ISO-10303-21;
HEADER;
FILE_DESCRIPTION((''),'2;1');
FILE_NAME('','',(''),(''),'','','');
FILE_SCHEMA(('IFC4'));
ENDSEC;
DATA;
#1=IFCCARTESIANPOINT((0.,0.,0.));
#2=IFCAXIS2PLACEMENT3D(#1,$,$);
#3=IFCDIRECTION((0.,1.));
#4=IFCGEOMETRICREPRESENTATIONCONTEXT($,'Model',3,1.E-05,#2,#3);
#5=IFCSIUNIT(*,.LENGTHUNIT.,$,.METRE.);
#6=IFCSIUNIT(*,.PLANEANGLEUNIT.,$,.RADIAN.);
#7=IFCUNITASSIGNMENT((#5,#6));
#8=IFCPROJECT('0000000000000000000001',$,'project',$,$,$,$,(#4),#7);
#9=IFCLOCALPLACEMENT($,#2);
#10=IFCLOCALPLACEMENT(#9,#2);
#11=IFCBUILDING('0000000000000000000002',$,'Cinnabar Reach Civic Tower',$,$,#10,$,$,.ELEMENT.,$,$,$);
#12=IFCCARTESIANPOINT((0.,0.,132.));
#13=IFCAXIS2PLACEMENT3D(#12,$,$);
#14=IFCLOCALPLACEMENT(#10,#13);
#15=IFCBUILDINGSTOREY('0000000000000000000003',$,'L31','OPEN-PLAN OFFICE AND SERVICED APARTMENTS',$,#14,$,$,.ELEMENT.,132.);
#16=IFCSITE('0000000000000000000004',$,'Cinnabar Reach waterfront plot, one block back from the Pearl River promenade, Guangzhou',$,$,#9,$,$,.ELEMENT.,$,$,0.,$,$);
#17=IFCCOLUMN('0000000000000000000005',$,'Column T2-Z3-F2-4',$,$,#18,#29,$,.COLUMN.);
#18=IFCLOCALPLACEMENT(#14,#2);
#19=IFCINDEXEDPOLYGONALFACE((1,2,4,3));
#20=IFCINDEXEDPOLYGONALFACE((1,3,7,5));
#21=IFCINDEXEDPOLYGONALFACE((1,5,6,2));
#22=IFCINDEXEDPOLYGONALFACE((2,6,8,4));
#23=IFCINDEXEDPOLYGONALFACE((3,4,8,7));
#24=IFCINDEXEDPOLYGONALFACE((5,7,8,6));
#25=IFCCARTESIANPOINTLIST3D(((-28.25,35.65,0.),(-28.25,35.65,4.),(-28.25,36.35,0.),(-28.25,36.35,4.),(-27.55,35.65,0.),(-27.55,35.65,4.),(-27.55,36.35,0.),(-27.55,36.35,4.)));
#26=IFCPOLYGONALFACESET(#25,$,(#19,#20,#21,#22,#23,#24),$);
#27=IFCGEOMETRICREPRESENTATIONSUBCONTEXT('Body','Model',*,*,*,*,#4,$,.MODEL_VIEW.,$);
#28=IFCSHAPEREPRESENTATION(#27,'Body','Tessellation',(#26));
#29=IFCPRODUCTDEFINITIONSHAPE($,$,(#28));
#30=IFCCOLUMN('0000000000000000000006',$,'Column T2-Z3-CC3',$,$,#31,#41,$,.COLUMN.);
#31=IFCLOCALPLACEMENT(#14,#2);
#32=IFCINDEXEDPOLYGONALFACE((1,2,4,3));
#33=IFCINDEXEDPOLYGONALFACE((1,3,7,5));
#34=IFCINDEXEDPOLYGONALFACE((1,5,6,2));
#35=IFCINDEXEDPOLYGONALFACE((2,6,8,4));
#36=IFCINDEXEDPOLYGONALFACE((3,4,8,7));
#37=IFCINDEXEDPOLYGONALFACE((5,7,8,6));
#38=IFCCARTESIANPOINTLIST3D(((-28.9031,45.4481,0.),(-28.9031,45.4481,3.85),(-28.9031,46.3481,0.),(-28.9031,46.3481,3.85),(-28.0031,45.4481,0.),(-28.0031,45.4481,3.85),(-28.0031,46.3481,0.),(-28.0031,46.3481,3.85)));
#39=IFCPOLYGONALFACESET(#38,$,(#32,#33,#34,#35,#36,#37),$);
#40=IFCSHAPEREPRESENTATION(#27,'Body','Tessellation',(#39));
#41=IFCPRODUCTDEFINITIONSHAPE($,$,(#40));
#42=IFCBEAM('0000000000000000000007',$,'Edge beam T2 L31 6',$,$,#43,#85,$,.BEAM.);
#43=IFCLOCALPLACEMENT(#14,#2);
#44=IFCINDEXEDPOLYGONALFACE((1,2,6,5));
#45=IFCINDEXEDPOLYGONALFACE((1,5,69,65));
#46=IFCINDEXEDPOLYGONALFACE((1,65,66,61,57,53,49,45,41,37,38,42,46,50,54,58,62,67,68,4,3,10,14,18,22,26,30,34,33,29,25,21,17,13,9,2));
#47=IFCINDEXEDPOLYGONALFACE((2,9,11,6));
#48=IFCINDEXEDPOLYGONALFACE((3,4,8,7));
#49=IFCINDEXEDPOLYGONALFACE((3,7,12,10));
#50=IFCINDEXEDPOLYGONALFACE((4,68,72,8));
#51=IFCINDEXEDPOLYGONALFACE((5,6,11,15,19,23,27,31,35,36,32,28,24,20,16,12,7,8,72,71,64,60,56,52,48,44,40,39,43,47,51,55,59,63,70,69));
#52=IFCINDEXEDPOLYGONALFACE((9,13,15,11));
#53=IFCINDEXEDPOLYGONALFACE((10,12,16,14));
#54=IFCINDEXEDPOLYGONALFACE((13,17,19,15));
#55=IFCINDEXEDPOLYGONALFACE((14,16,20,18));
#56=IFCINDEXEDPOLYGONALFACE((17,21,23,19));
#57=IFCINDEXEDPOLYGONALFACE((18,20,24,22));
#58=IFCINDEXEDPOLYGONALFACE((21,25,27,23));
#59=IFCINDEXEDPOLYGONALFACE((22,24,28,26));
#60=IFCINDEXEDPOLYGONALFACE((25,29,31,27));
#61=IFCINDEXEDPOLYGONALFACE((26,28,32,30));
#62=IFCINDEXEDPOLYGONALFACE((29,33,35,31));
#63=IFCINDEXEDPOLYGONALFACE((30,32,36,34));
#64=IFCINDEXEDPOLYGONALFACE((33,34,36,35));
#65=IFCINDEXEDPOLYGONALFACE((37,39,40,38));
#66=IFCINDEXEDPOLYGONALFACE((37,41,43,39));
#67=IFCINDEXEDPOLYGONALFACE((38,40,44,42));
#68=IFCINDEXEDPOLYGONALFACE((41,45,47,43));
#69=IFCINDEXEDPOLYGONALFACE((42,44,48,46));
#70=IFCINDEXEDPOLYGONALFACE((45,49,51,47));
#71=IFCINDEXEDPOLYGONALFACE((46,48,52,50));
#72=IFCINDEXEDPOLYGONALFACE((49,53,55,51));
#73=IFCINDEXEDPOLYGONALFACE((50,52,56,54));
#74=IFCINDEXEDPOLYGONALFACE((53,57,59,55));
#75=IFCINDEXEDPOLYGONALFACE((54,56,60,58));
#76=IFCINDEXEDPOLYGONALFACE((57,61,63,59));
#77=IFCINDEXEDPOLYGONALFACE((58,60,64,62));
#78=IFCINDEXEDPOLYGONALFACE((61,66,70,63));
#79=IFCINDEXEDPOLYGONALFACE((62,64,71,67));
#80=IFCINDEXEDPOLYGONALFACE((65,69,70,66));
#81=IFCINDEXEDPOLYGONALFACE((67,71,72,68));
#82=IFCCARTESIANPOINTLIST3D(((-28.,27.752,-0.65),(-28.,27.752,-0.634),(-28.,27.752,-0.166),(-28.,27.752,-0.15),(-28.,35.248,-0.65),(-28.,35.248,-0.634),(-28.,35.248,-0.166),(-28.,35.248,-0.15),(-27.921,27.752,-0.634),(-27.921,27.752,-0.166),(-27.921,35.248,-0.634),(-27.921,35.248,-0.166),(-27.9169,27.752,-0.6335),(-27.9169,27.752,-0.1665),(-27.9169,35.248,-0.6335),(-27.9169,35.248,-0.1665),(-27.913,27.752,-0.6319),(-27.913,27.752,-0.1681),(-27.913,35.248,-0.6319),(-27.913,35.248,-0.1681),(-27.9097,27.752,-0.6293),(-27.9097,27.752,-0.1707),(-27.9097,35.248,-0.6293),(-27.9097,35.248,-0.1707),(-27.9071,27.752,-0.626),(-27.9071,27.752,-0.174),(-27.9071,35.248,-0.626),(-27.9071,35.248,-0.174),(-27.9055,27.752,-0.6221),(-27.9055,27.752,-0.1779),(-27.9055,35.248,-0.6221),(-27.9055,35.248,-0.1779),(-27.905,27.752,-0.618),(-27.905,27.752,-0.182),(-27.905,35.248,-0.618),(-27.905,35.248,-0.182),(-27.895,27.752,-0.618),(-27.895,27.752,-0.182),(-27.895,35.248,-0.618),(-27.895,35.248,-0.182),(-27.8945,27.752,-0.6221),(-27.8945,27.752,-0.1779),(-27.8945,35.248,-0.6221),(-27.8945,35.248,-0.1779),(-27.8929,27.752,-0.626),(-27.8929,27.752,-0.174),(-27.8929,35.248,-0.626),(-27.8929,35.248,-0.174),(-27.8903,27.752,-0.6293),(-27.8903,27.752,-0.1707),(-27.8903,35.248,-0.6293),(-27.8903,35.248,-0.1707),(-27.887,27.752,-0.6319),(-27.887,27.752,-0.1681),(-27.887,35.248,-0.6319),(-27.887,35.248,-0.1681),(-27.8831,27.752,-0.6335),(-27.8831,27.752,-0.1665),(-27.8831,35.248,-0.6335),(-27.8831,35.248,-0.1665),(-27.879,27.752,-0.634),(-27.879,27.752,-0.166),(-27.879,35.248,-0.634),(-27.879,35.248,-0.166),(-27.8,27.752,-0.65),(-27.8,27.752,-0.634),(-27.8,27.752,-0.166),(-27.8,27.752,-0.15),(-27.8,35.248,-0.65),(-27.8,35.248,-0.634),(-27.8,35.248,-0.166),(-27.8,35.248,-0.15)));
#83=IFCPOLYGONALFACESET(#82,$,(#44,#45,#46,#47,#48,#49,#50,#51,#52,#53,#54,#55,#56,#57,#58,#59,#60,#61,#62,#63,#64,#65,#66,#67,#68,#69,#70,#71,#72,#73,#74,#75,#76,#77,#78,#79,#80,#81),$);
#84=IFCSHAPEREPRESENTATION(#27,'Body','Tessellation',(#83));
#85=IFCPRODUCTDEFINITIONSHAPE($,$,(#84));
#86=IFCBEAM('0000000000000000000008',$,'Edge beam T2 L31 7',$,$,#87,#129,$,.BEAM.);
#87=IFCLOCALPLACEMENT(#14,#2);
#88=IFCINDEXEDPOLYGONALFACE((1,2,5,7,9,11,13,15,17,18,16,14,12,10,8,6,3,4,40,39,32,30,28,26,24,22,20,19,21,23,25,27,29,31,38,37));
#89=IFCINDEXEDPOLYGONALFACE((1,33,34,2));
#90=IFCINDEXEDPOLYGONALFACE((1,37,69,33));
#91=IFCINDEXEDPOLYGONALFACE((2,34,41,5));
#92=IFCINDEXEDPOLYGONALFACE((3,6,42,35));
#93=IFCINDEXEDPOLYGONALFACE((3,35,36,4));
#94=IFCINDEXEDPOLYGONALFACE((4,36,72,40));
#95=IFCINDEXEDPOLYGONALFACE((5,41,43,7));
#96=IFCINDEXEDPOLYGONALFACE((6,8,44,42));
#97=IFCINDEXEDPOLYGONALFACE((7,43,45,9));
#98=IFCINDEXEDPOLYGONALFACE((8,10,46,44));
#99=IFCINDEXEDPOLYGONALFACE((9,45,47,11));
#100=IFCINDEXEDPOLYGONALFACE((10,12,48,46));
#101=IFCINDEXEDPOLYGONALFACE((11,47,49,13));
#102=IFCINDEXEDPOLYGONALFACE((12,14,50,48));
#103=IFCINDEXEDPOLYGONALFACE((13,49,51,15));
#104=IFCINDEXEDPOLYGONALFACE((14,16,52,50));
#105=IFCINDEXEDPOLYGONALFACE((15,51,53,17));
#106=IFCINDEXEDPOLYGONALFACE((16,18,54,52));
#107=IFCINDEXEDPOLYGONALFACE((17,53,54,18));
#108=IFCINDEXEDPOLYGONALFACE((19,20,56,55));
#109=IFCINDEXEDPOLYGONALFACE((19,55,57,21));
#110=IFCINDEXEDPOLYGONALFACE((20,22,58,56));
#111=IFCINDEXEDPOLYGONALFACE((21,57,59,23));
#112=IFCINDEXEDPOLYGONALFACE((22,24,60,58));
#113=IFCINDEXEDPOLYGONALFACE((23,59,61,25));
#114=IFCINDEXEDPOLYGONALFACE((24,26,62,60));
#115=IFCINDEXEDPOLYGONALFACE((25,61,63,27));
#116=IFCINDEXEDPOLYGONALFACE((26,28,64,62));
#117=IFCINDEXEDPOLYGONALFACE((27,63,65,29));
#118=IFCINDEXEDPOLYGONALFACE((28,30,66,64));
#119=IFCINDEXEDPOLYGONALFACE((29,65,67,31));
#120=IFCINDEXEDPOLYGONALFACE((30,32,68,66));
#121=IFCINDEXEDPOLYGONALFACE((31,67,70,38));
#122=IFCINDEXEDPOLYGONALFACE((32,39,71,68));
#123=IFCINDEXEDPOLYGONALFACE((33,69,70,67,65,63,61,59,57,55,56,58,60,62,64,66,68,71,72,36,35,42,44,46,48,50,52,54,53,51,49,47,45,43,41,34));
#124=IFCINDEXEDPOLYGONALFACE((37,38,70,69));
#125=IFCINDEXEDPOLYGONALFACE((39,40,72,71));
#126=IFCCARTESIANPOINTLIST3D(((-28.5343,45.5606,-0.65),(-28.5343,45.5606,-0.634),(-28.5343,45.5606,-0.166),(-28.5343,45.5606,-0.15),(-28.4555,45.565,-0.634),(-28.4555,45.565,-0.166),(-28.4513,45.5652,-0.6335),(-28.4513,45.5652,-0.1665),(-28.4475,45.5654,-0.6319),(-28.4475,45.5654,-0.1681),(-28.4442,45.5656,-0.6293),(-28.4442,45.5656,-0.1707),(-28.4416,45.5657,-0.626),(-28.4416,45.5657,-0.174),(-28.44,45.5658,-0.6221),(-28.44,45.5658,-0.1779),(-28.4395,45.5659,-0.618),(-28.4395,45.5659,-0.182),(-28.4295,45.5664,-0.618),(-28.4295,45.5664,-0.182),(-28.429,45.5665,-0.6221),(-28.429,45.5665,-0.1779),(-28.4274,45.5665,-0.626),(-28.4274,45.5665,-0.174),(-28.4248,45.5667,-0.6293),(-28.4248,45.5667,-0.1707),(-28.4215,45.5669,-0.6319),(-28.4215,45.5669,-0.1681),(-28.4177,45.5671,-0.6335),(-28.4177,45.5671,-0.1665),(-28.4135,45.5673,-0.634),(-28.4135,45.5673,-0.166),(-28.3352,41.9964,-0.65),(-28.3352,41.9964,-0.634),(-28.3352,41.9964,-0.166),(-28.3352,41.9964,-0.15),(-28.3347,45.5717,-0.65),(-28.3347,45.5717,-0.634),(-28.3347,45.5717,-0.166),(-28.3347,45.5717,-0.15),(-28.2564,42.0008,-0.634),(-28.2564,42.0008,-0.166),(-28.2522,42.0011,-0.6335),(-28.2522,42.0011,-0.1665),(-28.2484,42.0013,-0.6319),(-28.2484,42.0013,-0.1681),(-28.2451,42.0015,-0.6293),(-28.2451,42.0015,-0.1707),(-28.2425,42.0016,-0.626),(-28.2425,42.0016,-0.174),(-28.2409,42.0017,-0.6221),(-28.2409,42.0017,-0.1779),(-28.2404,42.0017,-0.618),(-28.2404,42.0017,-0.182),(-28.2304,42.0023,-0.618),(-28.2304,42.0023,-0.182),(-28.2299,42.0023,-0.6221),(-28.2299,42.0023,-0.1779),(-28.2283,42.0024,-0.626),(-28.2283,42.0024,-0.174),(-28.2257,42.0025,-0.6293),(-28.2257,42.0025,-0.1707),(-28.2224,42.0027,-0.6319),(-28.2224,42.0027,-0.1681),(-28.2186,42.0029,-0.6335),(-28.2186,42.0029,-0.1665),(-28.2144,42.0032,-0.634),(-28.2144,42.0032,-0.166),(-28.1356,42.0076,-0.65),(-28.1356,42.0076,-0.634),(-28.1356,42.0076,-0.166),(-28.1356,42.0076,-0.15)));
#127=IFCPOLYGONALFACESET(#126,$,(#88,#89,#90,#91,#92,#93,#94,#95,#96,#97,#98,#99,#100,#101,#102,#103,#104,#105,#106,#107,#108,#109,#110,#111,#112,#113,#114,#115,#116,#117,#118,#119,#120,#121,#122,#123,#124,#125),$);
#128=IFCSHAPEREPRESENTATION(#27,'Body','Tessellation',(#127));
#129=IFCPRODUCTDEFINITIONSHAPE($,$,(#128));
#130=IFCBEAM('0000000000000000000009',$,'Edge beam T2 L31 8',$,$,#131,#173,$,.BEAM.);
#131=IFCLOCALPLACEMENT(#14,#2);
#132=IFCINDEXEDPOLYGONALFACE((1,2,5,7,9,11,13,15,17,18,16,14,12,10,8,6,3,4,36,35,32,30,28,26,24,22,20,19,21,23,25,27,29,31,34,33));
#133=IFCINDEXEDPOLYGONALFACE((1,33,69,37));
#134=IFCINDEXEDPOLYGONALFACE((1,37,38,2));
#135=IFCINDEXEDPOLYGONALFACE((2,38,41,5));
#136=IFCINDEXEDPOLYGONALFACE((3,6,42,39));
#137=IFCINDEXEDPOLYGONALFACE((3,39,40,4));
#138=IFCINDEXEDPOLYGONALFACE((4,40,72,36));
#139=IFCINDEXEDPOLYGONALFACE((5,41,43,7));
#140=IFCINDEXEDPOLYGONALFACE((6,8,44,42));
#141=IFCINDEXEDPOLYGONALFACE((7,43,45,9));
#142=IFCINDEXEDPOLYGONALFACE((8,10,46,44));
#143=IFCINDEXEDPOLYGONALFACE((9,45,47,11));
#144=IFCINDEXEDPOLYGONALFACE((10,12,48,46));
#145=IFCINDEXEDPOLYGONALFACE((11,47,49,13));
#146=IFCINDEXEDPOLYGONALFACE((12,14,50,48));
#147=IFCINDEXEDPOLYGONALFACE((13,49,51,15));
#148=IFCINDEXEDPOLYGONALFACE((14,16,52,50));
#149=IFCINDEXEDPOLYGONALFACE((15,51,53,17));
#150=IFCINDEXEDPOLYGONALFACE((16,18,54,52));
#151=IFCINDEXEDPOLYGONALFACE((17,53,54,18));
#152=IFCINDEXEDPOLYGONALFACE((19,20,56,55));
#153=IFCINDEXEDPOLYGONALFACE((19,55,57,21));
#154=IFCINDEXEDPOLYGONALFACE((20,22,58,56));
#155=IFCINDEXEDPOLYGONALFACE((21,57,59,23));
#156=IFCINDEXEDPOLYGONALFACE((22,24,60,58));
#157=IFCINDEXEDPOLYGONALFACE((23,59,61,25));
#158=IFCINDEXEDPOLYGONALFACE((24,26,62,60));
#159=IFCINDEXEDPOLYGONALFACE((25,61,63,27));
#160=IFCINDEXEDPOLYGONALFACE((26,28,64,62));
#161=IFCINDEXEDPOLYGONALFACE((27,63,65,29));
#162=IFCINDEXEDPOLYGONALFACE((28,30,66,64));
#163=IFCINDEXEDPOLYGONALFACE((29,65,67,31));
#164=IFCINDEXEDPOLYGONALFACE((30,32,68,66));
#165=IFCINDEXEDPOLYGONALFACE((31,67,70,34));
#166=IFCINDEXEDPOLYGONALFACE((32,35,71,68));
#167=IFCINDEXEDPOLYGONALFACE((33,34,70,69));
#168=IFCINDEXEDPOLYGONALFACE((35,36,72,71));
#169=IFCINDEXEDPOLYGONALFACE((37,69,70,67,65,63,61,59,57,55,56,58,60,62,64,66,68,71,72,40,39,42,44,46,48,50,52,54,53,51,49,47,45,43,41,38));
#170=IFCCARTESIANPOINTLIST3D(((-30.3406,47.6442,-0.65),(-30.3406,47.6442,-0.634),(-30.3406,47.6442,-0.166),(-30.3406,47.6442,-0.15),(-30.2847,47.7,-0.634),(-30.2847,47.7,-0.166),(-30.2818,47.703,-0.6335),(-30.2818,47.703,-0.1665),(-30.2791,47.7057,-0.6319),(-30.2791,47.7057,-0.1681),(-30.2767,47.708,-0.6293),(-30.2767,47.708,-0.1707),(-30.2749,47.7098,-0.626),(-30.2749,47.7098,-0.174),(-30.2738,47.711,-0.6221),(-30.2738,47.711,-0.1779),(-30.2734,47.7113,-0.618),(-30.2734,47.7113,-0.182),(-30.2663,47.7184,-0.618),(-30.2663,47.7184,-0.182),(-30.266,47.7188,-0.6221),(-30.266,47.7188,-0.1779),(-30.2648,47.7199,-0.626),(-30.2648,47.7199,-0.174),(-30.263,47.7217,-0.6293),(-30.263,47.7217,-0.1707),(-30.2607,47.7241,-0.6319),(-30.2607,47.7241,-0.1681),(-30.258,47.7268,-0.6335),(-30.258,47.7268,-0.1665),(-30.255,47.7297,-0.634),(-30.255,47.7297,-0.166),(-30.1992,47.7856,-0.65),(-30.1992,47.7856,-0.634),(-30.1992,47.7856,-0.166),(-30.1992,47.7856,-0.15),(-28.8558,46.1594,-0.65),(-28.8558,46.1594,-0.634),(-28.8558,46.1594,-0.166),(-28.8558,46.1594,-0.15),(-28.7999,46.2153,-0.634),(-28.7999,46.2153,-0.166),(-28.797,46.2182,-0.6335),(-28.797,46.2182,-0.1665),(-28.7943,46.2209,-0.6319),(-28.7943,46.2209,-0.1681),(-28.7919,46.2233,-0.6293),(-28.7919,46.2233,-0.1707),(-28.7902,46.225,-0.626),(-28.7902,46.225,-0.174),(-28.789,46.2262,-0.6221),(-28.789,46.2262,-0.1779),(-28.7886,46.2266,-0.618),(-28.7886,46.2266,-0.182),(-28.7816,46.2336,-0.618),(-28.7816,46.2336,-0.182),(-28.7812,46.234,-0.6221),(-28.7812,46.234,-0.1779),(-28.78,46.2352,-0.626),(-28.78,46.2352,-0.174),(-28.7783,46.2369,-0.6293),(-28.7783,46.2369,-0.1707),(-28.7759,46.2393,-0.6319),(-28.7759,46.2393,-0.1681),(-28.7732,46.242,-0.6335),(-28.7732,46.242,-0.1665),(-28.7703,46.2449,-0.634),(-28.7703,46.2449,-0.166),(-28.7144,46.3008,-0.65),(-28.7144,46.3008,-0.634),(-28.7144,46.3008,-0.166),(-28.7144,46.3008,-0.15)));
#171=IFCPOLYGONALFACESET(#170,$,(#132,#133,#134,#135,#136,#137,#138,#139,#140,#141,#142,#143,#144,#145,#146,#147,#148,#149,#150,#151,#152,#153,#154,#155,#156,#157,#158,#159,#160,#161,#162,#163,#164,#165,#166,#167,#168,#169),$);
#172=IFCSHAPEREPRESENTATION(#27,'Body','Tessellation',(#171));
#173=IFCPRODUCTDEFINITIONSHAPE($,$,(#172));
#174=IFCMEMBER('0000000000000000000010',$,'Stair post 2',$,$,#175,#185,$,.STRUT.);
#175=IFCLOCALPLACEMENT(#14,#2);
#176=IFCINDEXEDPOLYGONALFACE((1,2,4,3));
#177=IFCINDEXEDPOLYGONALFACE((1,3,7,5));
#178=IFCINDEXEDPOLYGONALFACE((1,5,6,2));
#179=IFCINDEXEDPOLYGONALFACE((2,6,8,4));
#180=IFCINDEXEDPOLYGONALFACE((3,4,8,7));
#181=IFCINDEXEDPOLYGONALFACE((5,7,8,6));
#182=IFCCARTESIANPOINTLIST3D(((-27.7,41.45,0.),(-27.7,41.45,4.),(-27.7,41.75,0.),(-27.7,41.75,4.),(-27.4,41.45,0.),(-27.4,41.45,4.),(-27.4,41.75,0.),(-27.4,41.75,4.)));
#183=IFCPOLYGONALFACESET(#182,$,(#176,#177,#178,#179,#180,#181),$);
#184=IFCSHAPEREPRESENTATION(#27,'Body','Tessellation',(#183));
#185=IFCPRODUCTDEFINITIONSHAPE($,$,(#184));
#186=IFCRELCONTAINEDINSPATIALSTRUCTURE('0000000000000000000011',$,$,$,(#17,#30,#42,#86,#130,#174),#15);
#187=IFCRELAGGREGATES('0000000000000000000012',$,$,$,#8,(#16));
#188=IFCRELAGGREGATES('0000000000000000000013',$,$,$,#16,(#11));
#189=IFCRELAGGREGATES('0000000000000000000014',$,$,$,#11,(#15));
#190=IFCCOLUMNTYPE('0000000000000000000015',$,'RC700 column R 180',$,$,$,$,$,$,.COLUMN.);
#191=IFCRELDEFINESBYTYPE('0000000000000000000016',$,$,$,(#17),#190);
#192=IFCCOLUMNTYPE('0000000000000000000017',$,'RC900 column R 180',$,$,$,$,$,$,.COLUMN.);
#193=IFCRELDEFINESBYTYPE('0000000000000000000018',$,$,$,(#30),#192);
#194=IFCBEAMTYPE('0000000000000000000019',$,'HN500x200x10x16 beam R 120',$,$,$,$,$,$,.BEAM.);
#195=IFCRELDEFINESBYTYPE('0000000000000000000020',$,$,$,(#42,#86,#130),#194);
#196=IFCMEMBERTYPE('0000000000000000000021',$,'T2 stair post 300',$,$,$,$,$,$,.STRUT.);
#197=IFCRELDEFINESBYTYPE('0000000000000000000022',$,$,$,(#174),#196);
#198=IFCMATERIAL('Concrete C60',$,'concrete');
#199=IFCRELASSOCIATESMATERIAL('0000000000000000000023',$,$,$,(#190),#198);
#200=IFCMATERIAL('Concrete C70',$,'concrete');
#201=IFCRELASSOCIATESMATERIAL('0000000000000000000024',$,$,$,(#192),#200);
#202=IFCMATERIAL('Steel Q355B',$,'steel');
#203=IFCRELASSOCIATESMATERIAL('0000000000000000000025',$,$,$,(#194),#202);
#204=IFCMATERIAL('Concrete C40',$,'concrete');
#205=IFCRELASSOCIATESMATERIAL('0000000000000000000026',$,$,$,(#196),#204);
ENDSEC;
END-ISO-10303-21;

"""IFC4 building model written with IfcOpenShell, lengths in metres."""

from ifc_helpers import new_model, si_unit, direction, frame, origin, origin_2d, place, context, subcontext, project, spatial, rectangle, i_section, extrude, material, material_profile, profile_set, type_object, element, save


model = new_model("IFC4")

# Units and contexts
model_context = context("Model", 3, precision=1e-05, world=origin(), true_north=direction((0.0, 1.0)))
body_context = subcontext(model_context, "Body", "Model", "MODEL_VIEW")
ifc_project = project(units=[si_unit("LENGTHUNIT", "METRE"), si_unit("PLANEANGLEUNIT", "RADIAN")], contexts=[model_context])

# Site, building, storey
site_placement = place(None, origin())
site = spatial("IfcSite", under=ifc_project, at=site_placement, Name="Cinnabar Reach waterfront plot, one block back from the Pearl River promenade, Guangzhou", CompositionType="ELEMENT", RefElevation=0.0)
building_placement = place(site_placement, origin())
building = spatial("IfcBuilding", under=site, at=building_placement, Name="Cinnabar Reach Civic Tower", CompositionType="ELEMENT")
storey_placement = place(building_placement, frame((0.0, 0.0, 132.0)))
storey = spatial("IfcBuildingStorey", under=building, at=storey_placement, Name="L31", Description="OPEN-PLAN OFFICE AND SERVICED APARTMENTS", CompositionType="ELEMENT", Elevation=132.0)

# Columns
ifc_material_1 = material(Name="Concrete C60", Category="concrete")
ifc_material_profile_1 = material_profile(ifc_material_1, rectangle(XDim=0.7, YDim=0.7, at=origin_2d()), Name="RC700")
ifc_profile_set_1 = profile_set([ifc_material_profile_1], Name="Concrete C60")
column_type_1 = type_object("IfcColumnType", Name="RC700 column R 180", PredefinedType="COLUMN", material=ifc_profile_set_1)
column_1_placement = place(storey_placement, frame((-27.9, 36.0, 0.0), z_axis=(0.0, 0.0, 1.0), x_axis=(1.0, 0.0, 0.0)))
element("IfcColumn", 1, at=column_1_placement, inside=storey, type_object=column_type_1, Name="Column T2-Z3-F2-4", PredefinedType="COLUMN", context=body_context, shape_type="SweptSolid", body=[
    extrude(rectangle(XDim=0.7, YDim=0.7, at=origin_2d()), origin(), (0.0, 0.0, 1.0), 4.0),
])
ifc_material_2 = material(Name="Concrete C70", Category="concrete")
ifc_material_profile_2 = material_profile(ifc_material_2, rectangle(XDim=0.9, YDim=0.9, at=origin_2d()), Name="RC900")
ifc_profile_set_2 = profile_set([ifc_material_profile_2], Name="Concrete C70")
column_type_2 = type_object("IfcColumnType", Name="RC900 column R 180", PredefinedType="COLUMN", material=ifc_profile_set_2)
column_2_placement = place(storey_placement, frame((-28.4531, 45.8981, 0.0), z_axis=(0.0, 0.0, 1.0), x_axis=(1.0, 0.0, 0.0)))
element("IfcColumn", 2, at=column_2_placement, inside=storey, type_object=column_type_2, Name="Column T2-Z3-CC3", PredefinedType="COLUMN", context=body_context, shape_type="SweptSolid", body=[
    extrude(rectangle(XDim=0.9, YDim=0.9, at=origin_2d()), origin(), (0.0, 0.0, 1.0), 3.85),
])

# Beams
ifc_material_3 = material(Name="Steel Q355B", Category="steel")
ifc_material_profile_3 = material_profile(ifc_material_3, i_section(OverallWidth=0.2, OverallDepth=0.5, WebThickness=0.01, FlangeThickness=0.016, FilletRadius=0.016, at=origin_2d()), Name="HN500x200x10x16")
ifc_profile_set_3 = profile_set([ifc_material_profile_3], Name="Steel Q355B")
beam_type = type_object("IfcBeamType", Name="HN500x200x10x16 beam R 120", PredefinedType="BEAM", material=ifc_profile_set_3)
beam_1_placement = place(storey_placement, frame((-27.9, 27.752, -0.4), z_axis=(0.0, 1.0, 0.0), x_axis=(-1.0, 0.0, 0.0)))
element("IfcBeam", 3, at=beam_1_placement, inside=storey, type_object=beam_type, Name="Edge beam T2 L31 6", PredefinedType="BEAM", context=body_context, shape_type="SweptSolid", body=[
    extrude(i_section(OverallWidth=0.2, OverallDepth=0.5, WebThickness=0.01, FlangeThickness=0.016, FilletRadius=0.016, at=origin_2d()), origin(), (0.0, 0.0, 1.0), 7.496),
])
beam_2_placement = place(storey_placement, frame((-28.2354, 42.002, -0.4), z_axis=(-0.055776, 0.998443, 0.0), x_axis=(-0.998443, -0.055776, 0.0)))
element("IfcBeam", 4, at=beam_2_placement, inside=storey, type_object=beam_type, Name="Edge beam T2 L31 7", PredefinedType="BEAM", context=body_context, shape_type="SweptSolid", body=[
    extrude(i_section(OverallWidth=0.2, OverallDepth=0.5, WebThickness=0.01, FlangeThickness=0.016, FilletRadius=0.016, at=origin_2d()), origin(), (0.0, 0.0, 1.0), 3.5697),
])
beam_3_placement = place(storey_placement, frame((-28.7851, 46.2301, -0.4), z_axis=(-0.707107, 0.707107, 0.0), x_axis=(-0.707107, -0.707107, 0.0)))
element("IfcBeam", 5, at=beam_3_placement, inside=storey, type_object=beam_type, Name="Edge beam T2 L31 8", PredefinedType="BEAM", context=body_context, shape_type="SweptSolid", body=[
    extrude(i_section(OverallWidth=0.2, OverallDepth=0.5, WebThickness=0.01, FlangeThickness=0.016, FilletRadius=0.016, at=origin_2d()), origin(), (0.0, 0.0, 1.0), 2.0998),
])

# Member
ifc_material_4 = material(Name="Concrete C40", Category="concrete")
ifc_material_profile_4 = material_profile(ifc_material_4, rectangle(XDim=0.3, YDim=0.3, at=origin_2d()), Name="C300")
ifc_profile_set_4 = profile_set([ifc_material_profile_4], Name="Concrete C40")
member_type = type_object("IfcMemberType", Name="T2 stair post 300", PredefinedType="STRUT", material=ifc_profile_set_4)
member_placement = place(storey_placement, frame((-27.55, 41.6, 0.0), z_axis=(0.0, 0.0, 1.0), x_axis=(1.0, 0.0, 0.0)))
element("IfcMember", 6, at=member_placement, inside=storey, type_object=member_type, Name="Stair post 2", PredefinedType="STRUT", context=body_context, shape_type="SweptSolid", body=[
    extrude(rectangle(XDim=0.3, YDim=0.3, at=origin_2d()), origin(), (0.0, 0.0, 1.0), 4.0),
])

save(model, "model.ifc")
